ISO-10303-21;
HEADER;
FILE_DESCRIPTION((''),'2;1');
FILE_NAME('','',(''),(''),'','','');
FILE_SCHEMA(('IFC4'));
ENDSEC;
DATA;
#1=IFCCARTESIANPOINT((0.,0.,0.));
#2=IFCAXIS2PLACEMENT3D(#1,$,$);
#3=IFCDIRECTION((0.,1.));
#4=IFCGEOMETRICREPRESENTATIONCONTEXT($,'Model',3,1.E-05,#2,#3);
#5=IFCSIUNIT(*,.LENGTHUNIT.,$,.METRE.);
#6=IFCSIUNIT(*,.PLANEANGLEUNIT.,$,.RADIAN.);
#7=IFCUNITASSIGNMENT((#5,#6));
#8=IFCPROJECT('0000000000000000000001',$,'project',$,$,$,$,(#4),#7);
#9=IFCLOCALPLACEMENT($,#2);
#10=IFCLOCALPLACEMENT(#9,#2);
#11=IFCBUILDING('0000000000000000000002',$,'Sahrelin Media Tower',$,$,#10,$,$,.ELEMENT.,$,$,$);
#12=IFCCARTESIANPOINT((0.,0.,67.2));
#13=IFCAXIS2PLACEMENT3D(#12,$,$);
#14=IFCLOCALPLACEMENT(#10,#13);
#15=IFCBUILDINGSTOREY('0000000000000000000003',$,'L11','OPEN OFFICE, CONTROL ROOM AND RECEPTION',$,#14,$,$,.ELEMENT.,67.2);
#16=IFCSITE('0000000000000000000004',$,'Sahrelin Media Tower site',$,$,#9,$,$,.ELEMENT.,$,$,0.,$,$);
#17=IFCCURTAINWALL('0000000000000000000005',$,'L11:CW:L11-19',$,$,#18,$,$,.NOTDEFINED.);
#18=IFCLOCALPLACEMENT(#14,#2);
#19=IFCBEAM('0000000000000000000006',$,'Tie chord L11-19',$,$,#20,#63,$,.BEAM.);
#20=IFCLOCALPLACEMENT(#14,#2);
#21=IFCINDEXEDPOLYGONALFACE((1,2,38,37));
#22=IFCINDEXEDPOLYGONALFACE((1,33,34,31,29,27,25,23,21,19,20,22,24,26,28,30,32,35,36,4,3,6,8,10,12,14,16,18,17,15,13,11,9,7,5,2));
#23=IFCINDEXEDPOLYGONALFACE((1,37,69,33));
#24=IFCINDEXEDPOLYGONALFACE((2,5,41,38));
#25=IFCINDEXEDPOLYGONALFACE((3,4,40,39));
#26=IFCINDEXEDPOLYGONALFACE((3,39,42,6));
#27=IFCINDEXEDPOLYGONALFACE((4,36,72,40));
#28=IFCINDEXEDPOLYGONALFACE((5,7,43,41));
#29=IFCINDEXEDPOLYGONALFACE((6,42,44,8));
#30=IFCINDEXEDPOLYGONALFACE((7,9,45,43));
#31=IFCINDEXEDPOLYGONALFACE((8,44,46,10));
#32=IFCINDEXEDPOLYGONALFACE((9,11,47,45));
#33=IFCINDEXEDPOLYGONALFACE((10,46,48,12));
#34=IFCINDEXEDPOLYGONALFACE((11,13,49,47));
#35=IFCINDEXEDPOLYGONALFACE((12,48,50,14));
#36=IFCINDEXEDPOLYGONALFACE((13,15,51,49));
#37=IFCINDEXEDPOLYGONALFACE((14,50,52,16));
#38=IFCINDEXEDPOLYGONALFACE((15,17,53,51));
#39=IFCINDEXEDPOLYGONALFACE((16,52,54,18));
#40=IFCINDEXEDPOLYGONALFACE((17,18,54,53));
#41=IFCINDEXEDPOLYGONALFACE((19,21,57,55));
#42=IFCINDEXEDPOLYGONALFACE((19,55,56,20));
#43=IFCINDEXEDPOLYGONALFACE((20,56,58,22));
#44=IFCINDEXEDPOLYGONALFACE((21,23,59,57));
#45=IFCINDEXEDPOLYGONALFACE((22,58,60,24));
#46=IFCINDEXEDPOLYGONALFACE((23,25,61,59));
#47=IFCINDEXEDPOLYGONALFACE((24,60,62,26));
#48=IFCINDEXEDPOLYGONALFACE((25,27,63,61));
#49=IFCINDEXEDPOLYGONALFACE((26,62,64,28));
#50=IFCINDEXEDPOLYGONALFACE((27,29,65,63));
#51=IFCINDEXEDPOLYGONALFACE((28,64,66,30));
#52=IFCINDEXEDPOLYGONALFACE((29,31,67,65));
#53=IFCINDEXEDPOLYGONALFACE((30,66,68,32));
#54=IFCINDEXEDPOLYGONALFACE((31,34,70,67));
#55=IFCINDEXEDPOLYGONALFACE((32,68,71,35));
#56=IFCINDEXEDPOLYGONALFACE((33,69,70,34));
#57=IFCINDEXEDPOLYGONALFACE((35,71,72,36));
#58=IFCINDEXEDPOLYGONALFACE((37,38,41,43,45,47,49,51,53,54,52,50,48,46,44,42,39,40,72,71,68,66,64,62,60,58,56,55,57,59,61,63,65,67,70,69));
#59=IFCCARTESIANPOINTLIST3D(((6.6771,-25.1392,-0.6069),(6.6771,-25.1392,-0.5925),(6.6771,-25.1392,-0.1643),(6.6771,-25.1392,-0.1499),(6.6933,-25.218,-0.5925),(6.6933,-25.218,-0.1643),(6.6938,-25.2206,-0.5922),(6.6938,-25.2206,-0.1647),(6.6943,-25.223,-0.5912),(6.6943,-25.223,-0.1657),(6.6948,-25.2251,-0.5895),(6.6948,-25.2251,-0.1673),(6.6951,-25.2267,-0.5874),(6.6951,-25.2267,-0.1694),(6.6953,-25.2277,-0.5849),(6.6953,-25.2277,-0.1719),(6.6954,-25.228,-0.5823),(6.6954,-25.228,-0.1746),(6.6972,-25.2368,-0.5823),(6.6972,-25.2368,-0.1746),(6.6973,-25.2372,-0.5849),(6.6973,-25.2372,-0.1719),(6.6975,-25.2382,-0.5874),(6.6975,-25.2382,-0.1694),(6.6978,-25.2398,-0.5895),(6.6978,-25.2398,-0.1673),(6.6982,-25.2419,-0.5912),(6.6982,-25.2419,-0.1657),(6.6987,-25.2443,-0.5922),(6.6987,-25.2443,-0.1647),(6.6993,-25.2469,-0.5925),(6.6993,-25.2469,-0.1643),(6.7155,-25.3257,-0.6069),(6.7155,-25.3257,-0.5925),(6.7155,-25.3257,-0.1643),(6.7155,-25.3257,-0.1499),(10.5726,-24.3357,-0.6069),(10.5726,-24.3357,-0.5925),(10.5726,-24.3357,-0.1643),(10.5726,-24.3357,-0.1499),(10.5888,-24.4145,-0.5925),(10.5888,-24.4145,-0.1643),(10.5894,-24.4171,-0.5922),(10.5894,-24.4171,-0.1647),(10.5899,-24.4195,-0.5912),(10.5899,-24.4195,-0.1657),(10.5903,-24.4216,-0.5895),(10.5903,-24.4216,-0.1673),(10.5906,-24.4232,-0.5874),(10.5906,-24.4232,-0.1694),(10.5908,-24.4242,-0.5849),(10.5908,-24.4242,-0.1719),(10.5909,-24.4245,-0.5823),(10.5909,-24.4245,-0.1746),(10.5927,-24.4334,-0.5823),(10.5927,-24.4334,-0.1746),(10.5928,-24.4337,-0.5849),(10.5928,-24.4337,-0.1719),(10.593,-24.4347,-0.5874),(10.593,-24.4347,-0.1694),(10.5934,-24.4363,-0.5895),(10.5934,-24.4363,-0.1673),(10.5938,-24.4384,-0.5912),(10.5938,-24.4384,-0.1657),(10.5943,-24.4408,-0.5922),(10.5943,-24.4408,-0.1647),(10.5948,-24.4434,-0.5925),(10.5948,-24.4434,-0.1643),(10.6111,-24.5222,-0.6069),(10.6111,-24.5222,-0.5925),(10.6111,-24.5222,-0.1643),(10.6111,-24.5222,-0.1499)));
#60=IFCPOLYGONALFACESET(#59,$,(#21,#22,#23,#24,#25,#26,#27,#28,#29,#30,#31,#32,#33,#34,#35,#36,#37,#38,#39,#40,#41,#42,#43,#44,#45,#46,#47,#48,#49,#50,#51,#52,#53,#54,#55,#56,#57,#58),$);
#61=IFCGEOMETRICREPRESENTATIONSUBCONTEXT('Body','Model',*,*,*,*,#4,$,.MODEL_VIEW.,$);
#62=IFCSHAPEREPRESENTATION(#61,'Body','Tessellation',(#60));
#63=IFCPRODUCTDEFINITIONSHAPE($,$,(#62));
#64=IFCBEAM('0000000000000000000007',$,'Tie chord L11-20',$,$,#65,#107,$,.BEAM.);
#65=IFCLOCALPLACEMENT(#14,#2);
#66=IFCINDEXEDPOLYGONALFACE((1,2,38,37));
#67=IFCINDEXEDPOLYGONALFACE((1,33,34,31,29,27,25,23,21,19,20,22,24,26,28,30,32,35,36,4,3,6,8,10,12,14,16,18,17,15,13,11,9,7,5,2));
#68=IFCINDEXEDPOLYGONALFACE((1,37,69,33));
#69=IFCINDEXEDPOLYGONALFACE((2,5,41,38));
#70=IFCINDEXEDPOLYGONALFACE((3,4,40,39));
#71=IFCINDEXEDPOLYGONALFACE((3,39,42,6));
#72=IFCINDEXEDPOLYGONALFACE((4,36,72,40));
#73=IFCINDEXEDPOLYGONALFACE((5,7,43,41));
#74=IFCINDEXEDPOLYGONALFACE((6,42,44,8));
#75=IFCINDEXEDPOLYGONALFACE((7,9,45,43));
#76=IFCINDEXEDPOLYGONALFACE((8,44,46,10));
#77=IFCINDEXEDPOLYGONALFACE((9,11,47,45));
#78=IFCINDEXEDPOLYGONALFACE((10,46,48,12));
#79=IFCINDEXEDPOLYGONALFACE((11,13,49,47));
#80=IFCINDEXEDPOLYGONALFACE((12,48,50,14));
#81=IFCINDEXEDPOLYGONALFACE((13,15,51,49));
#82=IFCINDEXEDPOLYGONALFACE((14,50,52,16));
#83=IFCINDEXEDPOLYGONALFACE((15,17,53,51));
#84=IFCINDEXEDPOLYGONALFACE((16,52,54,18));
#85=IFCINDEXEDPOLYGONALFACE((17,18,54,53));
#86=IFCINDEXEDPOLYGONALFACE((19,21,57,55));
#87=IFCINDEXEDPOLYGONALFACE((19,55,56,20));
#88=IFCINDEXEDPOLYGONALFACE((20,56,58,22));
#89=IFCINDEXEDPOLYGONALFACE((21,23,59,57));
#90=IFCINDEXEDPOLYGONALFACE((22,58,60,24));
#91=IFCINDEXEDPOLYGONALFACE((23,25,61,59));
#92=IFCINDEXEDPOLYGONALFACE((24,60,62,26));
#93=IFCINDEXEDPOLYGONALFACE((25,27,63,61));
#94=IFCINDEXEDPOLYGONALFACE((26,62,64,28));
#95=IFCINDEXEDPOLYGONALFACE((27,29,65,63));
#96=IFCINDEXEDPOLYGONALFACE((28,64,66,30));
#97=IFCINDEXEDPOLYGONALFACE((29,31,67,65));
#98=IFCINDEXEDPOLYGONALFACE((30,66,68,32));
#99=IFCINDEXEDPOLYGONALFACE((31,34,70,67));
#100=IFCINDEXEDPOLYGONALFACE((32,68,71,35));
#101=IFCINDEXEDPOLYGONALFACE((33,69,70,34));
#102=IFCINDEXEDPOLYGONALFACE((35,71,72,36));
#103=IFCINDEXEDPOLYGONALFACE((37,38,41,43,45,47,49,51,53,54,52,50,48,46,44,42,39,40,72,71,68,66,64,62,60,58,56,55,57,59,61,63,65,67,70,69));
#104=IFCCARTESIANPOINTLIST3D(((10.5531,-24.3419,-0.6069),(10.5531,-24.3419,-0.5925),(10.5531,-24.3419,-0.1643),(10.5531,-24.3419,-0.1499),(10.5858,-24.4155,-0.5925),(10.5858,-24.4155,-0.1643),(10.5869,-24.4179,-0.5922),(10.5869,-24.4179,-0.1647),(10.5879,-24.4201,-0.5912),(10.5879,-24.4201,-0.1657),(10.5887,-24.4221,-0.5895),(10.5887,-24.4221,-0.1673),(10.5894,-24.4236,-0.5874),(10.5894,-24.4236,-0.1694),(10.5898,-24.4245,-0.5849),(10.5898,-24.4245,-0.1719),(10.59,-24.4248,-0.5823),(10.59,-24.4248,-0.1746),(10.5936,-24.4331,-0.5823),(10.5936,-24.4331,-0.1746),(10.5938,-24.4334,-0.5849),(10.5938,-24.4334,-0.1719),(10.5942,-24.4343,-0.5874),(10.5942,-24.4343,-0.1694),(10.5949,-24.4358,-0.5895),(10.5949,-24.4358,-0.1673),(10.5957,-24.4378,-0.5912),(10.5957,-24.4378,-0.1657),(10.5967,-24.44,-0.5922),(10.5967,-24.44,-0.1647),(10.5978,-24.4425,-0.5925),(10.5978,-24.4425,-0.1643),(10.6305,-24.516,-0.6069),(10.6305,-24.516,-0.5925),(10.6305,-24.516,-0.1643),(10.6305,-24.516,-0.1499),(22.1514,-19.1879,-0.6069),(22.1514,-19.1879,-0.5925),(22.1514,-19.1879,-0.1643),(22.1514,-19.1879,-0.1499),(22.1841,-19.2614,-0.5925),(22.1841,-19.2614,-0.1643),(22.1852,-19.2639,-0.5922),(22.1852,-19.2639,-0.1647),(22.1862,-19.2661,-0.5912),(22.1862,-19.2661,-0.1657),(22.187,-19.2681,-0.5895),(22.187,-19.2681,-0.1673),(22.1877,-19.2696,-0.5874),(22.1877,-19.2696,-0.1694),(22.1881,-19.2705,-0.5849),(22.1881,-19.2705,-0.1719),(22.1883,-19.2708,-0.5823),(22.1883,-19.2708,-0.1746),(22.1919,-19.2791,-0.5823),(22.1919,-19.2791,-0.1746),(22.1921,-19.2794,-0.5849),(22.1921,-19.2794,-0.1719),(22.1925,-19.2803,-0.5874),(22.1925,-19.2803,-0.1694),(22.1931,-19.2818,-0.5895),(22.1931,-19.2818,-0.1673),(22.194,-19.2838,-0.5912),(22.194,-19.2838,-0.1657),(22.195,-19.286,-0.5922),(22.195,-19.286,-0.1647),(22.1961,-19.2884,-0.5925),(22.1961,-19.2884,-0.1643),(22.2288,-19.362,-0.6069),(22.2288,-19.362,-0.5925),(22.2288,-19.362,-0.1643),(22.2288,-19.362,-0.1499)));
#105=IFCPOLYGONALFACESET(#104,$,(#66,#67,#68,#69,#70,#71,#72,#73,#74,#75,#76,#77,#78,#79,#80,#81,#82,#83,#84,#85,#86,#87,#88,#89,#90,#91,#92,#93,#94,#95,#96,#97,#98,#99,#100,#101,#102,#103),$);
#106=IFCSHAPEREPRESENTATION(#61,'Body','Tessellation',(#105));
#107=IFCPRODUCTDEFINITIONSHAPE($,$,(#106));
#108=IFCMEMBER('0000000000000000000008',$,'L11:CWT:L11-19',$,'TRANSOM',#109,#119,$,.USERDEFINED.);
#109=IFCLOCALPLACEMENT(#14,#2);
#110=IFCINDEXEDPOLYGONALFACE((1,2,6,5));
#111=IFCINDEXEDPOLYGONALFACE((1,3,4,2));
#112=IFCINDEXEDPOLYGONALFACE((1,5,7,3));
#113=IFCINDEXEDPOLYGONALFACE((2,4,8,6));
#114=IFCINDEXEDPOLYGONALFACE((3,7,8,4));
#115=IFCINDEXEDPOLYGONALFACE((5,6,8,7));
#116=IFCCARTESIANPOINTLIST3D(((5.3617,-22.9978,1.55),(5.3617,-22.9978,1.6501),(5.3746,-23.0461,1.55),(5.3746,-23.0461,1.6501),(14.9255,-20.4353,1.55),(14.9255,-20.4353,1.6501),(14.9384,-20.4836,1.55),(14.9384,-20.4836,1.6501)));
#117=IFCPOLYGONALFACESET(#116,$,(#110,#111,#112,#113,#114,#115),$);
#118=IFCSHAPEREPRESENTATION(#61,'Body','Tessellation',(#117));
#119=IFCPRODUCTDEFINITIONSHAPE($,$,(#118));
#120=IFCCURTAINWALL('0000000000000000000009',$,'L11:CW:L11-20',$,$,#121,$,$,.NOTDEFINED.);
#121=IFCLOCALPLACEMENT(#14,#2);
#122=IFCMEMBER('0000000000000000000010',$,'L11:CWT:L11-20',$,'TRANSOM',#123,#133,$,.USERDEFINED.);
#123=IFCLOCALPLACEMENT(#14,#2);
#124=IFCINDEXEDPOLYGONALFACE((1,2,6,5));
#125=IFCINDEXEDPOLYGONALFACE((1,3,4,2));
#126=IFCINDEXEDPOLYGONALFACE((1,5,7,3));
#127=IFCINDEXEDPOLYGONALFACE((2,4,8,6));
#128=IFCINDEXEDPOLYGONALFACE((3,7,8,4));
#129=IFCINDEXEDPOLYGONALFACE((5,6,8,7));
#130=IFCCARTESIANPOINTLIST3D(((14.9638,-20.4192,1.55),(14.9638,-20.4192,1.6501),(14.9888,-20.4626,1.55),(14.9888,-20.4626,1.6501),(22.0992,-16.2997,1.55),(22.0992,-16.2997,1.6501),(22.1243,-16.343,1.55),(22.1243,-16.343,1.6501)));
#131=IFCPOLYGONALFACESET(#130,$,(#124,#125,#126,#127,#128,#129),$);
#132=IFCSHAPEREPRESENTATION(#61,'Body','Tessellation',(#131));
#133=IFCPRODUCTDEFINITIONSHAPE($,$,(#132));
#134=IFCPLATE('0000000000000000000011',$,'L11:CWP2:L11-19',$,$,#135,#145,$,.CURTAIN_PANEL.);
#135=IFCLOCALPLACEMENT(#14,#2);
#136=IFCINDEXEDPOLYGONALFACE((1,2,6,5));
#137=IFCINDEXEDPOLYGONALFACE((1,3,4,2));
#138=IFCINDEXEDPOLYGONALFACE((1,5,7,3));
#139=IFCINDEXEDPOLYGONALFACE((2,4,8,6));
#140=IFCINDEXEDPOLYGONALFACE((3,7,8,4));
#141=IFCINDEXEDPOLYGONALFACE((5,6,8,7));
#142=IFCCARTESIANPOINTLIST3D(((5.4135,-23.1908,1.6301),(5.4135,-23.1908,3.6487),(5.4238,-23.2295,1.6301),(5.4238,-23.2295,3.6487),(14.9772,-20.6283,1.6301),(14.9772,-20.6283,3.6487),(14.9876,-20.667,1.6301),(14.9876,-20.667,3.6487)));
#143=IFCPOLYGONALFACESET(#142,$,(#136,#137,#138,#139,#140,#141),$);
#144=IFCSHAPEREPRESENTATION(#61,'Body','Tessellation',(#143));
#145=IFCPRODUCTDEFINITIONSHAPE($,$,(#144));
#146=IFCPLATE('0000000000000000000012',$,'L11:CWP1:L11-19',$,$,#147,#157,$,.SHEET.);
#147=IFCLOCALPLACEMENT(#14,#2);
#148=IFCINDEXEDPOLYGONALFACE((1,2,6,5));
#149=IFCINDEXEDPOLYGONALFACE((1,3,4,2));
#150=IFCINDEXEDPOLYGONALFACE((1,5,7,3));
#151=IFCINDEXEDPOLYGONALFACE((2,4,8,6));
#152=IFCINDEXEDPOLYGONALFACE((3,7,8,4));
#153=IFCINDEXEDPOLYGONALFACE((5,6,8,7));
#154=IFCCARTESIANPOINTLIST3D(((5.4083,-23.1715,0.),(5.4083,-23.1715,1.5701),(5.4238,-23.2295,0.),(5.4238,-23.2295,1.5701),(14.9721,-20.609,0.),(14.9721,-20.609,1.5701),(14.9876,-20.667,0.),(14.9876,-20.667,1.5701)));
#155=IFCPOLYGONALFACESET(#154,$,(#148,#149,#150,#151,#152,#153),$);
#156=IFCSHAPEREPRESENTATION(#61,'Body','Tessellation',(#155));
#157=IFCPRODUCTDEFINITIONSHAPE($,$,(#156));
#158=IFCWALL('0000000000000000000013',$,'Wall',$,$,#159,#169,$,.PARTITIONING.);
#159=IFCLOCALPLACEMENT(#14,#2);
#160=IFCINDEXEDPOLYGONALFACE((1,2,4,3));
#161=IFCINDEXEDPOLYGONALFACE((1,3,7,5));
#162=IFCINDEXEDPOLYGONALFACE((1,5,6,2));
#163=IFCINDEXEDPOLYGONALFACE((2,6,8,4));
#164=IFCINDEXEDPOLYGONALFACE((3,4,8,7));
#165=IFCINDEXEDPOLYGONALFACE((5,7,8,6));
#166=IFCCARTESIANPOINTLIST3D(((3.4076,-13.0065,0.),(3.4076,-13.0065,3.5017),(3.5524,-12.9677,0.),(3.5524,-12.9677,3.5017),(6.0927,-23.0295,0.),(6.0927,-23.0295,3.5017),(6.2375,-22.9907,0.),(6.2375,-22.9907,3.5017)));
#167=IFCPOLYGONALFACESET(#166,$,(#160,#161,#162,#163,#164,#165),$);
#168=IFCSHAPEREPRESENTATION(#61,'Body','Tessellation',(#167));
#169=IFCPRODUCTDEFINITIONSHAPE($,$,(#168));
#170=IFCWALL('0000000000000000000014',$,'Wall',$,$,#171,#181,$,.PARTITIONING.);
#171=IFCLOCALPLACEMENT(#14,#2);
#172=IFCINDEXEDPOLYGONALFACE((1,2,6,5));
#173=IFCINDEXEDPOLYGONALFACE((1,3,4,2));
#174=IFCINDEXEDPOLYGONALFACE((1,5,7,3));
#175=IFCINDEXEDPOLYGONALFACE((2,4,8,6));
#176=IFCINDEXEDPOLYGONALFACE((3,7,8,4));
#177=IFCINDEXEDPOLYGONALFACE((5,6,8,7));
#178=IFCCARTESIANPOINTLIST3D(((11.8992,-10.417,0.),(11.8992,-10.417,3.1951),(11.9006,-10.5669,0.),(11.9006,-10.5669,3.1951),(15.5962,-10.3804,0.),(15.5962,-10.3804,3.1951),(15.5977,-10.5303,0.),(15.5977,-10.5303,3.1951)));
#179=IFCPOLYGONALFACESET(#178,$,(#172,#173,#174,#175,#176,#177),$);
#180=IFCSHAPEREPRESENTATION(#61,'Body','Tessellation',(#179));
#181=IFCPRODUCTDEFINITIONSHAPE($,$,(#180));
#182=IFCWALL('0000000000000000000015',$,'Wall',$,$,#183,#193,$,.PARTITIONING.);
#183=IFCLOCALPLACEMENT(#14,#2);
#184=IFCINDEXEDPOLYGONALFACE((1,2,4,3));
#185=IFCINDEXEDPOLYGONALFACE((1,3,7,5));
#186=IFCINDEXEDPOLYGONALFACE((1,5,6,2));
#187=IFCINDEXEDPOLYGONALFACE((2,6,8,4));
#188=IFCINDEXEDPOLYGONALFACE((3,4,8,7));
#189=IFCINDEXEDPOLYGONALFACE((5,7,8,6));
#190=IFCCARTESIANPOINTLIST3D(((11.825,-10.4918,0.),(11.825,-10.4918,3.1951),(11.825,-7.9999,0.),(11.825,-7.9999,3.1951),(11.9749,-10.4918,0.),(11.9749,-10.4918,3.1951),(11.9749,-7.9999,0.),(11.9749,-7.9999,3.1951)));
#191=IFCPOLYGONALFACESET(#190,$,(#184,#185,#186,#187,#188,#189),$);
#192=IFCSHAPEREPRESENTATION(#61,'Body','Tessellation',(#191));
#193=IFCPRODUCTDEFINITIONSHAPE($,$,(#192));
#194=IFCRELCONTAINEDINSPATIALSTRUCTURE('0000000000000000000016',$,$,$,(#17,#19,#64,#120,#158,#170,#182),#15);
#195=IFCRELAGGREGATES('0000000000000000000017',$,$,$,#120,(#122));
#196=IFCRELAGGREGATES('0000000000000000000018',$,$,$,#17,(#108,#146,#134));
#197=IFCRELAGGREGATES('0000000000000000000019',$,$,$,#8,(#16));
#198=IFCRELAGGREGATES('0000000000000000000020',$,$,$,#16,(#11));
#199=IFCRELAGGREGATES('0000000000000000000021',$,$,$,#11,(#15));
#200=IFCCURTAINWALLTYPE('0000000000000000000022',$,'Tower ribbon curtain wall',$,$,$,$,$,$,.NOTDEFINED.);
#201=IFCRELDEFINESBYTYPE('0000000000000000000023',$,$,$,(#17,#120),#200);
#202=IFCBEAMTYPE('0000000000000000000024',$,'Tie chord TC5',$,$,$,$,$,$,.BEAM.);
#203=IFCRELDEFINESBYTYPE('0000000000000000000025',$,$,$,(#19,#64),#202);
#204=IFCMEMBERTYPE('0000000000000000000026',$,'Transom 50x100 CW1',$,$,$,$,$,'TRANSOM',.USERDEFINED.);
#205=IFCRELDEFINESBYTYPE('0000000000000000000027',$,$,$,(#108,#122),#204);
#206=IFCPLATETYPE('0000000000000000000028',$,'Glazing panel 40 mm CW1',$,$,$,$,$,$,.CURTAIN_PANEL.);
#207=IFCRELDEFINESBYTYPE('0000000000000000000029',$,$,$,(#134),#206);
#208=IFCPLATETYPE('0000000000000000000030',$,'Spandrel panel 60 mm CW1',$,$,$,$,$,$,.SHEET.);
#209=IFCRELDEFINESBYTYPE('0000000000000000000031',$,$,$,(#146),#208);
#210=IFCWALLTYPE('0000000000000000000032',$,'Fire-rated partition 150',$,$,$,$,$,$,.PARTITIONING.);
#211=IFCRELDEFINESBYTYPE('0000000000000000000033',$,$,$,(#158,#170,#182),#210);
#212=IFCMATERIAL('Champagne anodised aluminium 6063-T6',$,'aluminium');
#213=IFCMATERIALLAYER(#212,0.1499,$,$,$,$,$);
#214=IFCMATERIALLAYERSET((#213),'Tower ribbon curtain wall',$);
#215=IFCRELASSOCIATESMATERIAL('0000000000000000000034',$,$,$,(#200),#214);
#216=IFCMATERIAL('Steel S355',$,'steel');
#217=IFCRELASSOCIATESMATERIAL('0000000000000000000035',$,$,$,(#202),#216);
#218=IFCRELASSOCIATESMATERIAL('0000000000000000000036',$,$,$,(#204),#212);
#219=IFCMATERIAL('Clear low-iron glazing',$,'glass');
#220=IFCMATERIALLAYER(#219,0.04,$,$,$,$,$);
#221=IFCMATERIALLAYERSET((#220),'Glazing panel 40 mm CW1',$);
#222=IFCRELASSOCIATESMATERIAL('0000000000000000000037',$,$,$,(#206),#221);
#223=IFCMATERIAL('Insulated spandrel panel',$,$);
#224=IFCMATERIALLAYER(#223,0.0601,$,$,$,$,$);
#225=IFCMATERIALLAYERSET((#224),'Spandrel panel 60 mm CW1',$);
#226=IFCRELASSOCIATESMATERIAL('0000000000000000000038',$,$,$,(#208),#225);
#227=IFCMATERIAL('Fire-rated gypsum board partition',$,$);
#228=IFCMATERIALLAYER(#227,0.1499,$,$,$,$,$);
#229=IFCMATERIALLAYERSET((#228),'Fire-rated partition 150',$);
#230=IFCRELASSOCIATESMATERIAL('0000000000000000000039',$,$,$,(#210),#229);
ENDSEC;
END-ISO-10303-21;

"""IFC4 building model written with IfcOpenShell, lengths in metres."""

from ifc_helpers import new_model, si_unit, direction, frame, frame_2d, origin, origin_2d, place, context, subcontext, project, spatial, polyline, rectangle, i_section, outline, extrude, material, layer, layer_set, material_profile, profile_set, type_object, element, aggregate, save


model = new_model("IFC4")

# Units and contexts
model_context = context("Model", 3, precision=1e-05, world=origin(), true_north=direction((0.0, 1.0)))
body_context = subcontext(model_context, "Body", "Model", "MODEL_VIEW")
ifc_project = project(units=[si_unit("LENGTHUNIT", "METRE"), si_unit("PLANEANGLEUNIT", "RADIAN")], contexts=[model_context])

# Site, building, storey
site_placement = place(None, origin())
site = spatial("IfcSite", under=ifc_project, at=site_placement, Name="Sahrelin Media Tower site", CompositionType="ELEMENT", RefElevation=0.0)
building_placement = place(site_placement, origin())
building = spatial("IfcBuilding", under=site, at=building_placement, Name="Sahrelin Media Tower", CompositionType="ELEMENT")
storey_placement = place(building_placement, frame((0.0, 0.0, 67.2)))
storey = spatial("IfcBuildingStorey", under=building, at=storey_placement, Name="L11", Description="OPEN OFFICE, CONTROL ROOM AND RECEPTION", CompositionType="ELEMENT", Elevation=67.2)

# Shared definitions
ifc_material_1 = material(Name="Steel S355", Category="steel")

# Curtain wall
ifc_material_2 = material(Name="Champagne anodised aluminium 6063-T6", Category="aluminium")
ifc_layer_1 = layer(ifc_material_2, 0.1499)
ifc_layer_set_1 = layer_set([ifc_layer_1], Name="Tower ribbon curtain wall")
curtain_wall_type = type_object("IfcCurtainWallType", Name="Tower ribbon curtain wall", PredefinedType="NOTDEFINED", material=ifc_layer_set_1)
curtain_wall_1_placement = place(storey_placement, frame((10.2004, -21.929, 0.0), z_axis=(0.0, 0.0, 1.0), x_axis=(1.0, 0.0, 0.0)))
curtain_wall_1 = element("IfcCurtainWall", 1, at=curtain_wall_1_placement, inside=storey, type_object=curtain_wall_type, Name="L11:CW:L11-19", PredefinedType="NOTDEFINED")

# Beams
ifc_material_profile_1 = material_profile(ifc_material_1, i_section(OverallWidth=0.1904, OverallDepth=0.457, WebThickness=0.009, FlangeThickness=0.0144, FilletRadius=0.0103, at=origin_2d()), Name="UB 457x191x74")
ifc_profile_set_1 = profile_set([ifc_material_profile_1], Name="Steel S355")
beam_type_1 = type_object("IfcBeamType", Name="Tie chord TC5", PredefinedType="BEAM", material=ifc_profile_set_1)
beam_1_placement = place(storey_placement, frame((6.6963, -25.2324, -0.3784), z_axis=(0.979385, 0.202003, 0.0), x_axis=(-0.202003, 0.979385, 0.0)))
element("IfcBeam", 2, at=beam_1_placement, inside=storey, type_object=beam_type_1, Name="Tie chord L11-19", PredefinedType="BEAM", context=body_context, shape_type="SweptSolid", body=[
    extrude(i_section(OverallWidth=0.1904, OverallDepth=0.457, WebThickness=0.009, FlangeThickness=0.0144, FilletRadius=0.0103, at=origin_2d()), origin(), (0.0, 0.0, 1.0), 3.9775),
])
beam_2_placement = place(storey_placement, frame((10.5918, -24.429, -0.3784), z_axis=(0.913835, 0.406087, 0.0), x_axis=(-0.406087, 0.913835, 0.0)))
element("IfcBeam", 3, at=beam_2_placement, inside=storey, type_object=beam_type_1, Name="Tie chord L11-20", PredefinedType="BEAM", context=body_context, shape_type="SweptSolid", body=[
    extrude(i_section(OverallWidth=0.1904, OverallDepth=0.457, WebThickness=0.009, FlangeThickness=0.0144, FilletRadius=0.0103, at=origin_2d()), origin(), (0.0, 0.0, 1.0), 12.6919),
])

# Member
ifc_material_profile_2 = material_profile(ifc_material_2, rectangle(XDim=0.05, YDim=0.1001, at=origin_2d()), Name="Transom 50x100")
ifc_profile_set_2 = profile_set([ifc_material_profile_2], Name="Champagne anodised aluminium 6063-T6")
member_type_1 = type_object("IfcMemberType", Name="Transom 50x100 CW1", ElementType="TRANSOM", PredefinedType="USERDEFINED", material=ifc_profile_set_2)
member_1_placement = place(storey_placement, frame((5.3682, -23.022, 1.6001), z_axis=(0.965928, 0.25881, 0.0), x_axis=(-0.25881, 0.965928, 0.0)))
member_1 = element("IfcMember", 4, at=member_1_placement, type_object=member_type_1, Name="L11:CWT:L11-19", ObjectType="TRANSOM", PredefinedType="USERDEFINED", context=body_context, shape_type="SweptSolid", body=[
    extrude(rectangle(XDim=0.05, YDim=0.1001, at=origin_2d()), origin(), (0.0, 0.0, 1.0), 9.9011),
])

# Curtain wall, member
curtain_wall_2_placement = place(storey_placement, frame((18.6416, -18.5498, 0.0), z_axis=(0.0, 0.0, 1.0), x_axis=(1.0, 0.0, 0.0)))
curtain_wall_2 = element("IfcCurtainWall", 5, at=curtain_wall_2_placement, inside=storey, type_object=curtain_wall_type, Name="L11:CW:L11-20", PredefinedType="NOTDEFINED")
member_2_placement = place(storey_placement, frame((14.9763, -20.4409, 1.6001), z_axis=(0.866028, 0.499995, 0.0), x_axis=(-0.499995, 0.866028, 0.0)))
member_2 = element("IfcMember", 6, at=member_2_placement, type_object=member_type_1, Name="L11:CWT:L11-20", ObjectType="TRANSOM", PredefinedType="USERDEFINED", context=body_context, shape_type="SweptSolid", body=[
    extrude(rectangle(XDim=0.05, YDim=0.1001, at=origin_2d()), origin(), (0.0, 0.0, 1.0), 8.2393),
])
aggregate(curtain_wall_2, [member_2])

# Plates
ifc_material_3 = material(Name="Clear low-iron glazing", Category="glass")
ifc_layer_2 = layer(ifc_material_3, 0.04)
ifc_layer_set_2 = layer_set([ifc_layer_2], Name="Glazing panel 40 mm CW1")
plate_type_1 = type_object("IfcPlateType", Name="Glazing panel 40 mm CW1", PredefinedType="CURTAIN_PANEL", material=ifc_layer_set_2)
plate_1_placement = place(storey_placement, frame((5.4238, -23.2295, 1.6301), z_axis=(0.25881, -0.965928, 0.0), x_axis=(0.965928, 0.25881, 0.0)))
plate_1 = element("IfcPlate", 7, at=plate_1_placement, type_object=plate_type_1, Name="L11:CWP2:L11-19", PredefinedType="CURTAIN_PANEL", context=body_context, shape_type="SweptSolid", body=[
    extrude(outline(polyline([(0.0, 0.0), (9.9011, 0.0), (9.9011, 2.0186), (0.0, 2.0186), (0.0, 0.0)])), origin(), (0.0, 0.0, -1.0), 0.04),
])
ifc_material_4 = material(Name="Insulated spandrel panel")
ifc_layer_3 = layer(ifc_material_4, 0.0601)
ifc_layer_set_3 = layer_set([ifc_layer_3], Name="Spandrel panel 60 mm CW1")
plate_type_2 = type_object("IfcPlateType", Name="Spandrel panel 60 mm CW1", PredefinedType="SHEET", material=ifc_layer_set_3)
plate_2_placement = place(storey_placement, frame((5.4238, -23.2295, 0.0), z_axis=(0.25881, -0.965928, 0.0), x_axis=(0.965928, 0.25881, 0.0)))
plate_2 = element("IfcPlate", 8, at=plate_2_placement, type_object=plate_type_2, Name="L11:CWP1:L11-19", PredefinedType="SHEET", context=body_context, shape_type="SweptSolid", body=[
    extrude(outline(polyline([(0.0, 0.0), (9.9011, 0.0), (9.9011, 1.5701), (0.0, 1.5701), (0.0, 0.0)])), origin(), (0.0, 0.0, -1.0), 0.0601),
])
aggregate(curtain_wall_1, [member_1, plate_2, plate_1])

# Walls
ifc_material_5 = material(Name="Fire-rated gypsum board partition")
ifc_layer_4 = layer(ifc_material_5, 0.1499)
ifc_layer_set_4 = layer_set([ifc_layer_4], Name="Fire-rated partition 150")
wall_type_1 = type_object("IfcWallType", Name="Fire-rated partition 150", PredefinedType="PARTITIONING", material=ifc_layer_set_4)
wall_1_placement = place(storey_placement, frame((3.48, -12.9871, 0.0), z_axis=(0.0, 0.0, 1.0), x_axis=(0.258767, -0.96594, 0.0)))
element("IfcWall", 9, at=wall_1_placement, inside=storey, type_object=wall_type_1, Name="Wall", PredefinedType="PARTITIONING", context=body_context, shape_type="SweptSolid", body=[
    extrude(rectangle(XDim=10.3765, YDim=0.1499, at=frame_2d((5.1882, 0.0))), origin(), (0.0, 0.0, 1.0), 3.5017),
])
wall_2_placement = place(storey_placement, frame((11.8999, -10.4919, 0.0), z_axis=(0.0, 0.0, 1.0), x_axis=(0.999951, 0.009905, 0.0)))
element("IfcWall", 10, at=wall_2_placement, inside=storey, type_object=wall_type_1, Name="Wall", PredefinedType="PARTITIONING", context=body_context, shape_type="SweptSolid", body=[
    extrude(rectangle(XDim=3.6973, YDim=0.1499, at=frame_2d((1.8486, 0.0))), origin(), (0.0, 0.0, 1.0), 3.1951),
])
wall_3_placement = place(storey_placement, frame((11.8999, -10.4919, 0.0), z_axis=(0.0, 0.0, 1.0), x_axis=(0.0, 1.0, 0.0)))
element("IfcWall", 11, at=wall_3_placement, inside=storey, type_object=wall_type_1, Name="Wall", PredefinedType="PARTITIONING", context=body_context, shape_type="SweptSolid", body=[
    extrude(rectangle(XDim=2.4919, YDim=0.1499, at=frame_2d((1.2461, 0.0))), origin(), (0.0, 0.0, 1.0), 3.1951),
])

save(model, "model.ifc")
